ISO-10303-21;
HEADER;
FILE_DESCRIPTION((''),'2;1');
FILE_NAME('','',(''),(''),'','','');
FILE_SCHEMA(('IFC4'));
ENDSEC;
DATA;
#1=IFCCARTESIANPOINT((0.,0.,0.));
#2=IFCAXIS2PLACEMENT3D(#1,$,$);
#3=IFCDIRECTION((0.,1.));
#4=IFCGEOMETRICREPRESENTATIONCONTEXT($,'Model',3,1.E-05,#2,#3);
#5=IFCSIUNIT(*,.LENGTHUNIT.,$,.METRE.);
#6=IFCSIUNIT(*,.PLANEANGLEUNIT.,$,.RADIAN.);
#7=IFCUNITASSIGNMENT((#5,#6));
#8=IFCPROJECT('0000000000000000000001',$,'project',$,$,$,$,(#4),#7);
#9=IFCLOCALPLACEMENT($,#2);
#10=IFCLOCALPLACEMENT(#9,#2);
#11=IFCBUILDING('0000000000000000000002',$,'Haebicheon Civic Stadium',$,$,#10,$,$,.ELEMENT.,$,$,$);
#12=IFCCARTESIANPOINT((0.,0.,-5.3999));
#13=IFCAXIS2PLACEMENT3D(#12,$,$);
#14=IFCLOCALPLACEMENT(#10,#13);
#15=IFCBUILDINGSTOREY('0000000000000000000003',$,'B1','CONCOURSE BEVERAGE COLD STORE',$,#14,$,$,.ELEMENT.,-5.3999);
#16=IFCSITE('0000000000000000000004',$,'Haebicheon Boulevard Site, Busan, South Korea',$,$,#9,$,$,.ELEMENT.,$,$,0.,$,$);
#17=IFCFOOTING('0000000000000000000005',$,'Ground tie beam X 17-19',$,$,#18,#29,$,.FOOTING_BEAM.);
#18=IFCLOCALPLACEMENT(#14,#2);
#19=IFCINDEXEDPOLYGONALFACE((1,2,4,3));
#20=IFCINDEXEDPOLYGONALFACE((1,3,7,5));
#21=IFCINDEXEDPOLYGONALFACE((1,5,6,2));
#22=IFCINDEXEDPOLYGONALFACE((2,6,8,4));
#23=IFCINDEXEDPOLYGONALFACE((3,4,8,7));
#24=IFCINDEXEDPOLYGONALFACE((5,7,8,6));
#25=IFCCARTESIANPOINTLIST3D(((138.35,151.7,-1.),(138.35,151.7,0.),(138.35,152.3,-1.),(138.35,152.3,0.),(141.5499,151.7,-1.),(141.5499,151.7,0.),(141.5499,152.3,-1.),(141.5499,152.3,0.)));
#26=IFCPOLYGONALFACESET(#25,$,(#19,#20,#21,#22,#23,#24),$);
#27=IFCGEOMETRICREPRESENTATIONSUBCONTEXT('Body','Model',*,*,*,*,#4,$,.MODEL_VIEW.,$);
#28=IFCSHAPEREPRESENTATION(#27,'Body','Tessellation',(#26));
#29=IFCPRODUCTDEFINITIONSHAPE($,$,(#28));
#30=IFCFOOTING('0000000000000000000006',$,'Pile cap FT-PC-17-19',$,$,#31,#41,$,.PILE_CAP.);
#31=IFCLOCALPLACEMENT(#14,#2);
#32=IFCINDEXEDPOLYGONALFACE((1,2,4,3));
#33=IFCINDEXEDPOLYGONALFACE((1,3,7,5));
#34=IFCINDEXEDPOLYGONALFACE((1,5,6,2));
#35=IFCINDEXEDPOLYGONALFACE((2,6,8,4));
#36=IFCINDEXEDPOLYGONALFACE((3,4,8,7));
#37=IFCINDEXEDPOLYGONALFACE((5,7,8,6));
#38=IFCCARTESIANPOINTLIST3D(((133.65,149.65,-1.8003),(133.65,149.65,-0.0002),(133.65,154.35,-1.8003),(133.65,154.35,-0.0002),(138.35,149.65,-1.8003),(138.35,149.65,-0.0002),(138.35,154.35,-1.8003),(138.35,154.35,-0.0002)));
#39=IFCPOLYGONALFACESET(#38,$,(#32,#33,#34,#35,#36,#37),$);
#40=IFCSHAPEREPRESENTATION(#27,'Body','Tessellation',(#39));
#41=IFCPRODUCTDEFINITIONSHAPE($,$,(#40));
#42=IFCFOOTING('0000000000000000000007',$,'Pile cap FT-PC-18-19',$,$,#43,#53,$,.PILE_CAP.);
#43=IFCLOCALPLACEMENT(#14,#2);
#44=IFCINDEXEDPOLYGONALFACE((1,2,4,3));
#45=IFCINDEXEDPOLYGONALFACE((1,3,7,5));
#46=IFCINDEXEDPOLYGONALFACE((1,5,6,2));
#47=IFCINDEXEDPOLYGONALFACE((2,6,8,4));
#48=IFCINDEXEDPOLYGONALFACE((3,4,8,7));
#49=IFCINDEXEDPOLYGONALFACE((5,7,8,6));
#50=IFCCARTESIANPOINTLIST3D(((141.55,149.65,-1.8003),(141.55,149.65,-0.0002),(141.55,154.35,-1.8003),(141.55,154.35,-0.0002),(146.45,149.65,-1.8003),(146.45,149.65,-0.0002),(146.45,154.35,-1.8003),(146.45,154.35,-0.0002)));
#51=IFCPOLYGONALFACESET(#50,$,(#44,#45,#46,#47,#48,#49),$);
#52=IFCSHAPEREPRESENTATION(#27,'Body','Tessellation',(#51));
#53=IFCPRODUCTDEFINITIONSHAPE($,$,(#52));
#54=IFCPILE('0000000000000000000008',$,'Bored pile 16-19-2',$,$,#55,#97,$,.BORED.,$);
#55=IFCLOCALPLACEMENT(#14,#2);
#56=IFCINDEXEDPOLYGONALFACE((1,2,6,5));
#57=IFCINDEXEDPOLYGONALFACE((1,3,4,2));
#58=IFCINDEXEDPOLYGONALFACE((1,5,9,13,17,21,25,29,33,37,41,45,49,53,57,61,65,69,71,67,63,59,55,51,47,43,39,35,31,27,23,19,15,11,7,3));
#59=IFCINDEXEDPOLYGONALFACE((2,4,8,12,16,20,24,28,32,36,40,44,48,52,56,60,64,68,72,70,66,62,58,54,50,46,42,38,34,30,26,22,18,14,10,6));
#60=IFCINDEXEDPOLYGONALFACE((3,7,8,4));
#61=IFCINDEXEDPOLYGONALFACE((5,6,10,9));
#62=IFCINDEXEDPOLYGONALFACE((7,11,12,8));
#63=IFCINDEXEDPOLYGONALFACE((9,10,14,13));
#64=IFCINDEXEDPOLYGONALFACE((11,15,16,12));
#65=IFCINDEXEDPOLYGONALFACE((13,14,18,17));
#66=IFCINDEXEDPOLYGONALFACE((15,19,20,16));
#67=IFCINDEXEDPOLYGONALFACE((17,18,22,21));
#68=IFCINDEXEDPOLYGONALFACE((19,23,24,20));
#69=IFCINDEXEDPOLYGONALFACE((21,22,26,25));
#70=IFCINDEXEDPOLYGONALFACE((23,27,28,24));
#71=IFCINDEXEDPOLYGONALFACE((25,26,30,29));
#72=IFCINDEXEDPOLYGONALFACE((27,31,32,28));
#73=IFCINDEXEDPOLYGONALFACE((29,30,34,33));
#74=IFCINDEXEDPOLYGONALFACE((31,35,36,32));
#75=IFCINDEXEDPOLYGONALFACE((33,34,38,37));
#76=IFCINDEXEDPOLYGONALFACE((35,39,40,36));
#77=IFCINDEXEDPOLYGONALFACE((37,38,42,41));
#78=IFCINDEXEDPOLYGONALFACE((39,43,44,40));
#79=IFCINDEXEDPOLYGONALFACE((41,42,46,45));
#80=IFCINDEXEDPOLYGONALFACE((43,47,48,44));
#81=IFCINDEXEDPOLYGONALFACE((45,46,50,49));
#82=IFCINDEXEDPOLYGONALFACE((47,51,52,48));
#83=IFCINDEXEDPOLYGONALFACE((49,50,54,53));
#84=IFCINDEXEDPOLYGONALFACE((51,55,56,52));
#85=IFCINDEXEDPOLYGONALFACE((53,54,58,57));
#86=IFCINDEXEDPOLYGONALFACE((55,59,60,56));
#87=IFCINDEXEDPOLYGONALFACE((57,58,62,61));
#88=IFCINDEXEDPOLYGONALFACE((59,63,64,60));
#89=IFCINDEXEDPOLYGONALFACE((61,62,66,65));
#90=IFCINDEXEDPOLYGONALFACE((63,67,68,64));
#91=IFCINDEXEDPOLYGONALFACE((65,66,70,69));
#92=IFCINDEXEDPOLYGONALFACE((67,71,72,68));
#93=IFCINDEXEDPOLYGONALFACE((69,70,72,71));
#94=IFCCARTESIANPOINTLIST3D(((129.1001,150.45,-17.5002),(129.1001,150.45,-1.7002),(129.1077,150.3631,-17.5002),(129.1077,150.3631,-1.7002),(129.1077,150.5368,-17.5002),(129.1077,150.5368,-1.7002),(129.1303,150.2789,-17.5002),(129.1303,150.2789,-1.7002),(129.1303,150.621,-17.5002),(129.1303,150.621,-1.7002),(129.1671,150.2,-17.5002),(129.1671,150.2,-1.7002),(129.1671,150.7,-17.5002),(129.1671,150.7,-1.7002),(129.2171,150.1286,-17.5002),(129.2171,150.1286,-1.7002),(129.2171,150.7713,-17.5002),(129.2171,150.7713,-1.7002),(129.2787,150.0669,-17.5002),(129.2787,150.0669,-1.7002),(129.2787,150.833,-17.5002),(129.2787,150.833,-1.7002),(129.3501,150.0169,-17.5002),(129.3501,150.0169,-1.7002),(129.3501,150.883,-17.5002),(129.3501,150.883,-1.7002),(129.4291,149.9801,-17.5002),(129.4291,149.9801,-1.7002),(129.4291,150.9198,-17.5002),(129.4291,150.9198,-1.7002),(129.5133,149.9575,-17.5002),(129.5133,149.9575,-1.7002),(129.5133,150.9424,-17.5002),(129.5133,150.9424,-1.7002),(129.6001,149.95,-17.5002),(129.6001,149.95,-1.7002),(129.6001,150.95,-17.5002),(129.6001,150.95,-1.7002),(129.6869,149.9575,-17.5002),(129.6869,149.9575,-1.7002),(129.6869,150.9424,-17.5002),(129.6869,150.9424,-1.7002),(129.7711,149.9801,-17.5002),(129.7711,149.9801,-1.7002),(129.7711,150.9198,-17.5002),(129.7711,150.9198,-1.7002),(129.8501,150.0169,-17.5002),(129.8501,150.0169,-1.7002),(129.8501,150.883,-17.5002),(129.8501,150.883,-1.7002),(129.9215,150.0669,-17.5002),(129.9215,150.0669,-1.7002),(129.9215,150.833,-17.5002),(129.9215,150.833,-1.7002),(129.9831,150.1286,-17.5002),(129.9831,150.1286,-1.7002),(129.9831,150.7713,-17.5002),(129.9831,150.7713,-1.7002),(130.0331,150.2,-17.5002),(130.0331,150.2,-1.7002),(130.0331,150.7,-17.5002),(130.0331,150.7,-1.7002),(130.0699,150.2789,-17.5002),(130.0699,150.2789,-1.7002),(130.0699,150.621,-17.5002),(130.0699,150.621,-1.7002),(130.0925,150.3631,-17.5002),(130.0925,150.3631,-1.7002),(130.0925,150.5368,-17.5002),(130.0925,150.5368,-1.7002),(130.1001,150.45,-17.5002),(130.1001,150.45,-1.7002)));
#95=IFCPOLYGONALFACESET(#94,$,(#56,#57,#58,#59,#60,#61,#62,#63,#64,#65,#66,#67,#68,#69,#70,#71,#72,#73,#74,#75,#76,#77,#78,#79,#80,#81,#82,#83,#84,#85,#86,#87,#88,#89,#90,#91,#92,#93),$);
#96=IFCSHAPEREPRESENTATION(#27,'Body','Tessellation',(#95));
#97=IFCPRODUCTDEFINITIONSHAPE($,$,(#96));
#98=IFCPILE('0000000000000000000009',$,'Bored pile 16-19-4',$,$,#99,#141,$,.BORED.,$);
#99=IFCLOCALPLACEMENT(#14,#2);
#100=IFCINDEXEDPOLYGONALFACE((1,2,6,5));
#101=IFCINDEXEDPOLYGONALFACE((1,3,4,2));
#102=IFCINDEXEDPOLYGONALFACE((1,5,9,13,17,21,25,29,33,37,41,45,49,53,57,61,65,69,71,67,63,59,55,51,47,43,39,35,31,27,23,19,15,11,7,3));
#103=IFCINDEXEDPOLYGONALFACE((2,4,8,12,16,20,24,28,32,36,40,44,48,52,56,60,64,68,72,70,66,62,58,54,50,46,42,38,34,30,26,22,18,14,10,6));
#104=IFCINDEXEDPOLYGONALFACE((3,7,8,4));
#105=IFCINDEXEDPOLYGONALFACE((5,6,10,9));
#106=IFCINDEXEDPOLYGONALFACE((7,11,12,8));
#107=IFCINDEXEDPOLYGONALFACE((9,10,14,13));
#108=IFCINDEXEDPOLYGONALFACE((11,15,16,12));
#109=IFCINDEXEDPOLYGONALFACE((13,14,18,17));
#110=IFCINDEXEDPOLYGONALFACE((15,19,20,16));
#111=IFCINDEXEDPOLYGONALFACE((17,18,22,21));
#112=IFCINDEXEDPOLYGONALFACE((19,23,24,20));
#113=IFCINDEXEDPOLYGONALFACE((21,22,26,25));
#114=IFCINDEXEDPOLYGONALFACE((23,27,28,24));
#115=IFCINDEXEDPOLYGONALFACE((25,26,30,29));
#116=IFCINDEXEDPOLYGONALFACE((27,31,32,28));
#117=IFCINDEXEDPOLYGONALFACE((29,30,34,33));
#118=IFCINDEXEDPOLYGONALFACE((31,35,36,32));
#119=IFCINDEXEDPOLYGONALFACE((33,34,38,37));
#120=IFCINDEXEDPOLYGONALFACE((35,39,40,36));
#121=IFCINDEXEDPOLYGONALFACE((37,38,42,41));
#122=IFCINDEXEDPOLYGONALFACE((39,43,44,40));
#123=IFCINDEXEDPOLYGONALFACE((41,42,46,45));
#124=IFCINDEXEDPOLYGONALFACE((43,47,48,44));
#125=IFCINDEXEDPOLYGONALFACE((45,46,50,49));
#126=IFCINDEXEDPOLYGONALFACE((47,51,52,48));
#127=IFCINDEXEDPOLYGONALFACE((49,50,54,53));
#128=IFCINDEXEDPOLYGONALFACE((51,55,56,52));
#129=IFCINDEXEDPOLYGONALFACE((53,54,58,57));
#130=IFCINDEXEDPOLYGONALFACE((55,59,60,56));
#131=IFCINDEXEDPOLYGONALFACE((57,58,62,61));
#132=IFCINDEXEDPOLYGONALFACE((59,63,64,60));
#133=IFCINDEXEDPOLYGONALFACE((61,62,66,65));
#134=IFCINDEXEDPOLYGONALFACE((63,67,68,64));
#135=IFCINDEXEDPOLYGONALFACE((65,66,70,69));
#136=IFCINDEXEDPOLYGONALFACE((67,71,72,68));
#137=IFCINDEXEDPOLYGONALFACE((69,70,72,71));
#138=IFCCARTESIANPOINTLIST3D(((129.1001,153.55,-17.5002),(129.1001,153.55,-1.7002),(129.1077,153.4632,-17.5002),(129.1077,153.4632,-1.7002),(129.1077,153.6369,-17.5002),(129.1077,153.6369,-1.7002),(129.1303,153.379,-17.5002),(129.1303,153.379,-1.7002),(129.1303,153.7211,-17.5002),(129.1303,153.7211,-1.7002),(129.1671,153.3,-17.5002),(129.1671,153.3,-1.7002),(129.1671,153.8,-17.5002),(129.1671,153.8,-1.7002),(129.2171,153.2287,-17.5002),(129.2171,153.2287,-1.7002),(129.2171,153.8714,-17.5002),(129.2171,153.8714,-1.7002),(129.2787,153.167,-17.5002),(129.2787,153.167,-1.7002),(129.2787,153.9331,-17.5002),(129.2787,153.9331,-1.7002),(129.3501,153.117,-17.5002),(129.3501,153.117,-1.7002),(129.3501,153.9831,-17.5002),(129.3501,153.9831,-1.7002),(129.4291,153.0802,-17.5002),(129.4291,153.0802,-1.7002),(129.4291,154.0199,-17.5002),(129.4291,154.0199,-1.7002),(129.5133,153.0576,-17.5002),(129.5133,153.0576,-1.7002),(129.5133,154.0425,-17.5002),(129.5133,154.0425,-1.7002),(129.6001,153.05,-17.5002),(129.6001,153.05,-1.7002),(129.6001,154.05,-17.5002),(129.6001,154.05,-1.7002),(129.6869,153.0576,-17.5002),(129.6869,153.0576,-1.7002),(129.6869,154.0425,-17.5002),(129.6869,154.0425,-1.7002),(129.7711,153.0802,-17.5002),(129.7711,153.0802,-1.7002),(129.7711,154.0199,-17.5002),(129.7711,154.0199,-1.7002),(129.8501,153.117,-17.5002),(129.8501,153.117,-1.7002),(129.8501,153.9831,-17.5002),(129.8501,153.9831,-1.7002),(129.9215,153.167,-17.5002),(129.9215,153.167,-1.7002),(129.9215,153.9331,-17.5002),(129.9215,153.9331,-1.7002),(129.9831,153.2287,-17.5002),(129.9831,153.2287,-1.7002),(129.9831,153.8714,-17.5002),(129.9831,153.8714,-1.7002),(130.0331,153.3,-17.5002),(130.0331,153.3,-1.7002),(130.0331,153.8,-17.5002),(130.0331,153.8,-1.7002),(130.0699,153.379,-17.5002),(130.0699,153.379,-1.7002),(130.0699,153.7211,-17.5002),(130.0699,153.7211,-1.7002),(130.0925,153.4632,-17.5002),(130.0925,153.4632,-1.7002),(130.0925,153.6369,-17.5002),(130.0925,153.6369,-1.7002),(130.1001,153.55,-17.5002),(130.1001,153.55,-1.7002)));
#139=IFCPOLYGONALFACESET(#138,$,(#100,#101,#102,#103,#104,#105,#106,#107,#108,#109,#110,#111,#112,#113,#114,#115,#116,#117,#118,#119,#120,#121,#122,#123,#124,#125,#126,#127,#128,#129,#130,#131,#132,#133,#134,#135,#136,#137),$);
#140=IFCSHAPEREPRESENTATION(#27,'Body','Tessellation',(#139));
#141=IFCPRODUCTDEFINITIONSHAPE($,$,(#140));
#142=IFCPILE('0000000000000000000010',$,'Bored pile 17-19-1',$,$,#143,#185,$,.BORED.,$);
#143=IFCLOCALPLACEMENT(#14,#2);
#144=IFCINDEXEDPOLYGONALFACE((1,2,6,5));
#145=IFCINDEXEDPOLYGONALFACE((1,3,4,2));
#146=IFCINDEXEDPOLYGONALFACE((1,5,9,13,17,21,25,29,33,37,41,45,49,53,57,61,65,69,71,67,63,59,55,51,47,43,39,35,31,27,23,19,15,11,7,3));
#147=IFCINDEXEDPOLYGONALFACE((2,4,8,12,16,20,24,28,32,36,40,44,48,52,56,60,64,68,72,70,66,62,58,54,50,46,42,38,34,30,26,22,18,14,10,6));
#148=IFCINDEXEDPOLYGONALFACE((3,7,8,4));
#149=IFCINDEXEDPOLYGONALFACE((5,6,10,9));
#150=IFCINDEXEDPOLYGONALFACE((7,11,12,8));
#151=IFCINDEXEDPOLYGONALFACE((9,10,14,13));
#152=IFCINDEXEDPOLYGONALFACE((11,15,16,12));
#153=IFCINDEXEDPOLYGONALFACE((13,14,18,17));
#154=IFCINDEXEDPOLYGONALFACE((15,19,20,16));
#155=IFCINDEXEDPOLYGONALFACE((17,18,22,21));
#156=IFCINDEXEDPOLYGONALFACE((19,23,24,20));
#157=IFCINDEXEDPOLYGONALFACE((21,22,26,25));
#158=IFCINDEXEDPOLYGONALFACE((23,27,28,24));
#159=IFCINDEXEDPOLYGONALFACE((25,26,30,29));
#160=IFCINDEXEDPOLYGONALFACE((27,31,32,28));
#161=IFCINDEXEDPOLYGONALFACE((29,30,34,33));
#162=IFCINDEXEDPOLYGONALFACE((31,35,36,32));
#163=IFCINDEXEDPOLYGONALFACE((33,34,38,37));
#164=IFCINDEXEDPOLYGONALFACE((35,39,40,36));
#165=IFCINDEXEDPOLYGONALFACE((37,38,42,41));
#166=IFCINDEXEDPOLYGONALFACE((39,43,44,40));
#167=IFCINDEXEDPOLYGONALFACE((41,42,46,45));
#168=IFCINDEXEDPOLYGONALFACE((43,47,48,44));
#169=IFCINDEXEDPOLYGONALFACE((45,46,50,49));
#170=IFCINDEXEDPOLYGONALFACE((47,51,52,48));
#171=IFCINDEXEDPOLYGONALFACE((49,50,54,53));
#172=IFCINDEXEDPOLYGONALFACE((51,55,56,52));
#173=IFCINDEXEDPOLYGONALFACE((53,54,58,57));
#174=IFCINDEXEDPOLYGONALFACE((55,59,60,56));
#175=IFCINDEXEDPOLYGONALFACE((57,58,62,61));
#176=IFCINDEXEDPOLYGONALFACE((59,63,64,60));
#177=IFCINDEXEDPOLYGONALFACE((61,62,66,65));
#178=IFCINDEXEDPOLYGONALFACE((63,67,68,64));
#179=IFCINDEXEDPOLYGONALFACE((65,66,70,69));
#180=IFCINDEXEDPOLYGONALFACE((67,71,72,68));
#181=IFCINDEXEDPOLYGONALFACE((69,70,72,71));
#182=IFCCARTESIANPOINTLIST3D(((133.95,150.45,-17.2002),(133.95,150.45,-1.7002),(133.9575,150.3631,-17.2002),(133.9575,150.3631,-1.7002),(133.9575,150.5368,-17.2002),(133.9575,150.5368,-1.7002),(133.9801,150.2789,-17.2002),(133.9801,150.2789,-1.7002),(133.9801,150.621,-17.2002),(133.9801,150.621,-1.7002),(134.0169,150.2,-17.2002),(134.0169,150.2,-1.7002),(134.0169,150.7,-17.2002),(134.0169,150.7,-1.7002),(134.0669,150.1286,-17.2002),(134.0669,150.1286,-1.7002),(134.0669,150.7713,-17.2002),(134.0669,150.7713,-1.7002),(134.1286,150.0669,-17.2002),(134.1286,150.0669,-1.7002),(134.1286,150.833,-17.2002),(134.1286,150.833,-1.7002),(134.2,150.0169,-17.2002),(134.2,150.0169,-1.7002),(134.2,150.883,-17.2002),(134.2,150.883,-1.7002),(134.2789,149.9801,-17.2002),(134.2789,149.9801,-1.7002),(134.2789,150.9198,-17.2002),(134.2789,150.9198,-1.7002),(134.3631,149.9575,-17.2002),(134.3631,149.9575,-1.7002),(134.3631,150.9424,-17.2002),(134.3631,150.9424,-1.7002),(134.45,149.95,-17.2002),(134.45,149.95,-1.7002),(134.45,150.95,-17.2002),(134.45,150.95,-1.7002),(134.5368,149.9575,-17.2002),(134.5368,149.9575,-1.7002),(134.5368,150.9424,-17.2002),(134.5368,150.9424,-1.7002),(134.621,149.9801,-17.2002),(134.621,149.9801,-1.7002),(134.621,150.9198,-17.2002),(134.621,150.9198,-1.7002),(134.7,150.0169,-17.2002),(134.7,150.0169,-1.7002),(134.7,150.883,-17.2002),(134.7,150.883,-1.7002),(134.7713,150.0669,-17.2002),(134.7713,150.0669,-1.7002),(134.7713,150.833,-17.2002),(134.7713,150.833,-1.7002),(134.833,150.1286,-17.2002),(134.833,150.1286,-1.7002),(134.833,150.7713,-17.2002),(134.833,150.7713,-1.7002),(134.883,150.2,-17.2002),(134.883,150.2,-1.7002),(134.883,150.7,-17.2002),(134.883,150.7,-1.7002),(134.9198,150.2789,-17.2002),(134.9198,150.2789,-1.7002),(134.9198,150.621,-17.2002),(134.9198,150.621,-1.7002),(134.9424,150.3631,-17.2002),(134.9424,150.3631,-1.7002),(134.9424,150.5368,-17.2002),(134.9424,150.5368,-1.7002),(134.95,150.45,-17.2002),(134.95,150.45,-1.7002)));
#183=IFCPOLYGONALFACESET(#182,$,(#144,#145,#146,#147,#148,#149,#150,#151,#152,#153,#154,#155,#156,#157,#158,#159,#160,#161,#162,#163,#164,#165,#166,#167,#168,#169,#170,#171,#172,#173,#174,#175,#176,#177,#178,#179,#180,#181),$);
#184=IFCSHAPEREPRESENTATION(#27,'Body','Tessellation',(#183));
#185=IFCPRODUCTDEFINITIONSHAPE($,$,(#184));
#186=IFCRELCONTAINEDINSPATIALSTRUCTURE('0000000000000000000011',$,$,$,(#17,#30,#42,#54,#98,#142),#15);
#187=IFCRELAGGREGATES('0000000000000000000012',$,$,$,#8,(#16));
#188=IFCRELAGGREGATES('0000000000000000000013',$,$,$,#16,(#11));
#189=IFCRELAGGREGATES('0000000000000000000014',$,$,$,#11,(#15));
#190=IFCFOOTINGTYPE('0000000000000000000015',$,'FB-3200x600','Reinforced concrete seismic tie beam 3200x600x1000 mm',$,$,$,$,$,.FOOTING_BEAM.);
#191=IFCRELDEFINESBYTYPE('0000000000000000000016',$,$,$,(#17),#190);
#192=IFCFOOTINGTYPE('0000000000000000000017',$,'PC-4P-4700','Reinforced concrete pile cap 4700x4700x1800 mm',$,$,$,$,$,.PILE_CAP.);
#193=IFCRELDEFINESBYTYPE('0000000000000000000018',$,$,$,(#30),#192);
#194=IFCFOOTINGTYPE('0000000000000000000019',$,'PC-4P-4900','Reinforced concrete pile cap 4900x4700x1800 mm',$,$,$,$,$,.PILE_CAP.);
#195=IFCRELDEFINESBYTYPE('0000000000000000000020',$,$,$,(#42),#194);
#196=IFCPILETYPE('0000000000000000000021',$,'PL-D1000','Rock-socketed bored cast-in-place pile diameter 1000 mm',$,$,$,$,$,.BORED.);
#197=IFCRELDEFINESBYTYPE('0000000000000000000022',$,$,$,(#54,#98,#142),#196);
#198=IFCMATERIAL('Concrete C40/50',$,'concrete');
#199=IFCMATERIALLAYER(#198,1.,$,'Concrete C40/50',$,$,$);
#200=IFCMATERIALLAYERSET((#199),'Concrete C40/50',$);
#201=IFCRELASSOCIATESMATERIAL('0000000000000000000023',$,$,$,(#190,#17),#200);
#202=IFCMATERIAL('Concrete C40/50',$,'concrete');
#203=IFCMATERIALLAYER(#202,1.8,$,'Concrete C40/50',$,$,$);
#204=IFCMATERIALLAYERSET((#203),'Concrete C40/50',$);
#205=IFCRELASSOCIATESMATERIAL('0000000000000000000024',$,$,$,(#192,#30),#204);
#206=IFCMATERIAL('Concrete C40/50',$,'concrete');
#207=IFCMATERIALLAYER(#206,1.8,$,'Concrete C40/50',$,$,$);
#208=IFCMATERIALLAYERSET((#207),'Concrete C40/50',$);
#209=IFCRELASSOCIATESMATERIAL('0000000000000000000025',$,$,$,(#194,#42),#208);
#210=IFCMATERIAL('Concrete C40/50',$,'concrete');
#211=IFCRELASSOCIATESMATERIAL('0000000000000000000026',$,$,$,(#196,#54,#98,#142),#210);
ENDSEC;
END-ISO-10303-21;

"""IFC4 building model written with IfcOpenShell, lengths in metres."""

from ifc_helpers import new_model, si_unit, direction, frame, origin, origin_2d, place, context, subcontext, project, spatial, rectangle, circle, extrude, material, layer, layer_set, material_profile, profile_set, type_object, element, save


model = new_model("IFC4")

# Units and contexts
model_context = context("Model", 3, precision=1e-05, world=origin(), true_north=direction((0.0, 1.0)))
body_context = subcontext(model_context, "Body", "Model", "MODEL_VIEW")
ifc_project = project(units=[si_unit("LENGTHUNIT", "METRE"), si_unit("PLANEANGLEUNIT", "RADIAN")], contexts=[model_context])

# Site, building, storey
site_placement = place(None, origin())
site = spatial("IfcSite", under=ifc_project, at=site_placement, Name="Haebicheon Boulevard Site, Busan, South Korea", CompositionType="ELEMENT", RefElevation=0.0)
building_placement = place(site_placement, origin())
building = spatial("IfcBuilding", under=site, at=building_placement, Name="Haebicheon Civic Stadium", CompositionType="ELEMENT")
storey_placement = place(building_placement, frame((0.0, 0.0, -5.3999)))
storey = spatial("IfcBuildingStorey", under=building, at=storey_placement, Name="B1", Description="CONCOURSE BEVERAGE COLD STORE", CompositionType="ELEMENT", Elevation=-5.3999)

# Footings
ifc_material_1 = material(Name="Concrete C40/50", Category="concrete")
ifc_layer_1 = layer(ifc_material_1, 1.0, Name="Concrete C40/50")
ifc_layer_set_1 = layer_set([ifc_layer_1], Name="Concrete C40/50")
footing_type_1 = type_object("IfcFootingType", Name="FB-3200x600", Description="Reinforced concrete seismic tie beam 3200x600x1000 mm", PredefinedType="FOOTING_BEAM", material=ifc_layer_set_1)
footing_1_placement = place(storey_placement, frame((139.95, 152.0, -1.0), z_axis=(0.0, 0.0, 1.0), x_axis=(1.0, 0.0, 0.0)))
element("IfcFooting", 1, at=footing_1_placement, inside=storey, type_object=footing_type_1, material=ifc_layer_set_1, Name="Ground tie beam X 17-19", PredefinedType="FOOTING_BEAM", context=body_context, shape_type="SweptSolid", body=[
    extrude(rectangle(XDim=3.2, YDim=0.6001, at=origin_2d()), origin(), (0.0, 0.0, 1.0), 1.0),
])
ifc_material_2 = material(Name="Concrete C40/50", Category="concrete")
ifc_layer_2 = layer(ifc_material_2, 1.8, Name="Concrete C40/50")
ifc_layer_set_2 = layer_set([ifc_layer_2], Name="Concrete C40/50")
footing_type_2 = type_object("IfcFootingType", Name="PC-4P-4700", Description="Reinforced concrete pile cap 4700x4700x1800 mm", PredefinedType="PILE_CAP", material=ifc_layer_set_2)
footing_2_placement = place(storey_placement, frame((136.0, 152.0, -1.8003), z_axis=(0.0, 0.0, 1.0), x_axis=(1.0, 0.0, 0.0)))
element("IfcFooting", 2, at=footing_2_placement, inside=storey, type_object=footing_type_2, material=ifc_layer_set_2, Name="Pile cap FT-PC-17-19", PredefinedType="PILE_CAP", context=body_context, shape_type="SweptSolid", body=[
    extrude(rectangle(XDim=4.7, YDim=4.7, at=origin_2d()), origin(), (0.0, 0.0, 1.0), 1.8),
])
ifc_material_3 = material(Name="Concrete C40/50", Category="concrete")
ifc_layer_3 = layer(ifc_material_3, 1.8, Name="Concrete C40/50")
ifc_layer_set_3 = layer_set([ifc_layer_3], Name="Concrete C40/50")
footing_type_3 = type_object("IfcFootingType", Name="PC-4P-4900", Description="Reinforced concrete pile cap 4900x4700x1800 mm", PredefinedType="PILE_CAP", material=ifc_layer_set_3)
footing_3_placement = place(storey_placement, frame((144.0, 152.0, -1.8003), z_axis=(0.0, 0.0, 1.0), x_axis=(1.0, 0.0, 0.0)))
element("IfcFooting", 3, at=footing_3_placement, inside=storey, type_object=footing_type_3, material=ifc_layer_set_3, Name="Pile cap FT-PC-18-19", PredefinedType="PILE_CAP", context=body_context, shape_type="SweptSolid", body=[
    extrude(rectangle(XDim=4.8999, YDim=4.7, at=origin_2d()), origin(), (0.0, 0.0, 1.0), 1.8),
])

# Piles
ifc_material_4 = material(Name="Concrete C40/50", Category="concrete")
ifc_material_profile_1 = material_profile(ifc_material_4, circle(Radius=0.5, at=origin_2d()), Name="PILE-D1000")
ifc_profile_set_1 = profile_set([ifc_material_profile_1], Name="Concrete C40/50")
pile_type = type_object("IfcPileType", Name="PL-D1000", Description="Rock-socketed bored cast-in-place pile diameter 1000 mm", PredefinedType="BORED", material=ifc_profile_set_1)
for number, where, z_axis, x_axis, name in (
    (4, (129.6001, 150.45, -1.7002), (0.0, 0.0, -1.0), (1.0, 0.0, 0.0), "Bored pile 16-19-2"),
    (5, (129.6001, 153.55, -1.7002), (0.0, 0.0, -1.0), (1.0, 0.0, 0.0), "Bored pile 16-19-4"),
):
    element("IfcPile", number, at=place(storey_placement, frame(where, z_axis=z_axis, x_axis=x_axis)), inside=storey, type_object=pile_type, material=ifc_profile_set_1, Name=name, PredefinedType="BORED", context=body_context, shape_type="SweptSolid", body=[
        extrude(circle(Radius=0.5, at=origin_2d()), origin(), (0.0, 0.0, 1.0), 15.8),
    ])
for number, where, z_axis, x_axis, name in (
    (6, (134.45, 150.45, -1.7002), (0.0, 0.0, -1.0), (1.0, 0.0, 0.0), "Bored pile 17-19-1"),
):
    element("IfcPile", number, at=place(storey_placement, frame(where, z_axis=z_axis, x_axis=x_axis)), inside=storey, type_object=pile_type, material=ifc_profile_set_1, Name=name, PredefinedType="BORED", context=body_context, shape_type="SweptSolid", body=[
        extrude(circle(Radius=0.5, at=origin_2d()), origin(), (0.0, 0.0, 1.0), 15.5),
    ])

save(model, "model.ifc")
